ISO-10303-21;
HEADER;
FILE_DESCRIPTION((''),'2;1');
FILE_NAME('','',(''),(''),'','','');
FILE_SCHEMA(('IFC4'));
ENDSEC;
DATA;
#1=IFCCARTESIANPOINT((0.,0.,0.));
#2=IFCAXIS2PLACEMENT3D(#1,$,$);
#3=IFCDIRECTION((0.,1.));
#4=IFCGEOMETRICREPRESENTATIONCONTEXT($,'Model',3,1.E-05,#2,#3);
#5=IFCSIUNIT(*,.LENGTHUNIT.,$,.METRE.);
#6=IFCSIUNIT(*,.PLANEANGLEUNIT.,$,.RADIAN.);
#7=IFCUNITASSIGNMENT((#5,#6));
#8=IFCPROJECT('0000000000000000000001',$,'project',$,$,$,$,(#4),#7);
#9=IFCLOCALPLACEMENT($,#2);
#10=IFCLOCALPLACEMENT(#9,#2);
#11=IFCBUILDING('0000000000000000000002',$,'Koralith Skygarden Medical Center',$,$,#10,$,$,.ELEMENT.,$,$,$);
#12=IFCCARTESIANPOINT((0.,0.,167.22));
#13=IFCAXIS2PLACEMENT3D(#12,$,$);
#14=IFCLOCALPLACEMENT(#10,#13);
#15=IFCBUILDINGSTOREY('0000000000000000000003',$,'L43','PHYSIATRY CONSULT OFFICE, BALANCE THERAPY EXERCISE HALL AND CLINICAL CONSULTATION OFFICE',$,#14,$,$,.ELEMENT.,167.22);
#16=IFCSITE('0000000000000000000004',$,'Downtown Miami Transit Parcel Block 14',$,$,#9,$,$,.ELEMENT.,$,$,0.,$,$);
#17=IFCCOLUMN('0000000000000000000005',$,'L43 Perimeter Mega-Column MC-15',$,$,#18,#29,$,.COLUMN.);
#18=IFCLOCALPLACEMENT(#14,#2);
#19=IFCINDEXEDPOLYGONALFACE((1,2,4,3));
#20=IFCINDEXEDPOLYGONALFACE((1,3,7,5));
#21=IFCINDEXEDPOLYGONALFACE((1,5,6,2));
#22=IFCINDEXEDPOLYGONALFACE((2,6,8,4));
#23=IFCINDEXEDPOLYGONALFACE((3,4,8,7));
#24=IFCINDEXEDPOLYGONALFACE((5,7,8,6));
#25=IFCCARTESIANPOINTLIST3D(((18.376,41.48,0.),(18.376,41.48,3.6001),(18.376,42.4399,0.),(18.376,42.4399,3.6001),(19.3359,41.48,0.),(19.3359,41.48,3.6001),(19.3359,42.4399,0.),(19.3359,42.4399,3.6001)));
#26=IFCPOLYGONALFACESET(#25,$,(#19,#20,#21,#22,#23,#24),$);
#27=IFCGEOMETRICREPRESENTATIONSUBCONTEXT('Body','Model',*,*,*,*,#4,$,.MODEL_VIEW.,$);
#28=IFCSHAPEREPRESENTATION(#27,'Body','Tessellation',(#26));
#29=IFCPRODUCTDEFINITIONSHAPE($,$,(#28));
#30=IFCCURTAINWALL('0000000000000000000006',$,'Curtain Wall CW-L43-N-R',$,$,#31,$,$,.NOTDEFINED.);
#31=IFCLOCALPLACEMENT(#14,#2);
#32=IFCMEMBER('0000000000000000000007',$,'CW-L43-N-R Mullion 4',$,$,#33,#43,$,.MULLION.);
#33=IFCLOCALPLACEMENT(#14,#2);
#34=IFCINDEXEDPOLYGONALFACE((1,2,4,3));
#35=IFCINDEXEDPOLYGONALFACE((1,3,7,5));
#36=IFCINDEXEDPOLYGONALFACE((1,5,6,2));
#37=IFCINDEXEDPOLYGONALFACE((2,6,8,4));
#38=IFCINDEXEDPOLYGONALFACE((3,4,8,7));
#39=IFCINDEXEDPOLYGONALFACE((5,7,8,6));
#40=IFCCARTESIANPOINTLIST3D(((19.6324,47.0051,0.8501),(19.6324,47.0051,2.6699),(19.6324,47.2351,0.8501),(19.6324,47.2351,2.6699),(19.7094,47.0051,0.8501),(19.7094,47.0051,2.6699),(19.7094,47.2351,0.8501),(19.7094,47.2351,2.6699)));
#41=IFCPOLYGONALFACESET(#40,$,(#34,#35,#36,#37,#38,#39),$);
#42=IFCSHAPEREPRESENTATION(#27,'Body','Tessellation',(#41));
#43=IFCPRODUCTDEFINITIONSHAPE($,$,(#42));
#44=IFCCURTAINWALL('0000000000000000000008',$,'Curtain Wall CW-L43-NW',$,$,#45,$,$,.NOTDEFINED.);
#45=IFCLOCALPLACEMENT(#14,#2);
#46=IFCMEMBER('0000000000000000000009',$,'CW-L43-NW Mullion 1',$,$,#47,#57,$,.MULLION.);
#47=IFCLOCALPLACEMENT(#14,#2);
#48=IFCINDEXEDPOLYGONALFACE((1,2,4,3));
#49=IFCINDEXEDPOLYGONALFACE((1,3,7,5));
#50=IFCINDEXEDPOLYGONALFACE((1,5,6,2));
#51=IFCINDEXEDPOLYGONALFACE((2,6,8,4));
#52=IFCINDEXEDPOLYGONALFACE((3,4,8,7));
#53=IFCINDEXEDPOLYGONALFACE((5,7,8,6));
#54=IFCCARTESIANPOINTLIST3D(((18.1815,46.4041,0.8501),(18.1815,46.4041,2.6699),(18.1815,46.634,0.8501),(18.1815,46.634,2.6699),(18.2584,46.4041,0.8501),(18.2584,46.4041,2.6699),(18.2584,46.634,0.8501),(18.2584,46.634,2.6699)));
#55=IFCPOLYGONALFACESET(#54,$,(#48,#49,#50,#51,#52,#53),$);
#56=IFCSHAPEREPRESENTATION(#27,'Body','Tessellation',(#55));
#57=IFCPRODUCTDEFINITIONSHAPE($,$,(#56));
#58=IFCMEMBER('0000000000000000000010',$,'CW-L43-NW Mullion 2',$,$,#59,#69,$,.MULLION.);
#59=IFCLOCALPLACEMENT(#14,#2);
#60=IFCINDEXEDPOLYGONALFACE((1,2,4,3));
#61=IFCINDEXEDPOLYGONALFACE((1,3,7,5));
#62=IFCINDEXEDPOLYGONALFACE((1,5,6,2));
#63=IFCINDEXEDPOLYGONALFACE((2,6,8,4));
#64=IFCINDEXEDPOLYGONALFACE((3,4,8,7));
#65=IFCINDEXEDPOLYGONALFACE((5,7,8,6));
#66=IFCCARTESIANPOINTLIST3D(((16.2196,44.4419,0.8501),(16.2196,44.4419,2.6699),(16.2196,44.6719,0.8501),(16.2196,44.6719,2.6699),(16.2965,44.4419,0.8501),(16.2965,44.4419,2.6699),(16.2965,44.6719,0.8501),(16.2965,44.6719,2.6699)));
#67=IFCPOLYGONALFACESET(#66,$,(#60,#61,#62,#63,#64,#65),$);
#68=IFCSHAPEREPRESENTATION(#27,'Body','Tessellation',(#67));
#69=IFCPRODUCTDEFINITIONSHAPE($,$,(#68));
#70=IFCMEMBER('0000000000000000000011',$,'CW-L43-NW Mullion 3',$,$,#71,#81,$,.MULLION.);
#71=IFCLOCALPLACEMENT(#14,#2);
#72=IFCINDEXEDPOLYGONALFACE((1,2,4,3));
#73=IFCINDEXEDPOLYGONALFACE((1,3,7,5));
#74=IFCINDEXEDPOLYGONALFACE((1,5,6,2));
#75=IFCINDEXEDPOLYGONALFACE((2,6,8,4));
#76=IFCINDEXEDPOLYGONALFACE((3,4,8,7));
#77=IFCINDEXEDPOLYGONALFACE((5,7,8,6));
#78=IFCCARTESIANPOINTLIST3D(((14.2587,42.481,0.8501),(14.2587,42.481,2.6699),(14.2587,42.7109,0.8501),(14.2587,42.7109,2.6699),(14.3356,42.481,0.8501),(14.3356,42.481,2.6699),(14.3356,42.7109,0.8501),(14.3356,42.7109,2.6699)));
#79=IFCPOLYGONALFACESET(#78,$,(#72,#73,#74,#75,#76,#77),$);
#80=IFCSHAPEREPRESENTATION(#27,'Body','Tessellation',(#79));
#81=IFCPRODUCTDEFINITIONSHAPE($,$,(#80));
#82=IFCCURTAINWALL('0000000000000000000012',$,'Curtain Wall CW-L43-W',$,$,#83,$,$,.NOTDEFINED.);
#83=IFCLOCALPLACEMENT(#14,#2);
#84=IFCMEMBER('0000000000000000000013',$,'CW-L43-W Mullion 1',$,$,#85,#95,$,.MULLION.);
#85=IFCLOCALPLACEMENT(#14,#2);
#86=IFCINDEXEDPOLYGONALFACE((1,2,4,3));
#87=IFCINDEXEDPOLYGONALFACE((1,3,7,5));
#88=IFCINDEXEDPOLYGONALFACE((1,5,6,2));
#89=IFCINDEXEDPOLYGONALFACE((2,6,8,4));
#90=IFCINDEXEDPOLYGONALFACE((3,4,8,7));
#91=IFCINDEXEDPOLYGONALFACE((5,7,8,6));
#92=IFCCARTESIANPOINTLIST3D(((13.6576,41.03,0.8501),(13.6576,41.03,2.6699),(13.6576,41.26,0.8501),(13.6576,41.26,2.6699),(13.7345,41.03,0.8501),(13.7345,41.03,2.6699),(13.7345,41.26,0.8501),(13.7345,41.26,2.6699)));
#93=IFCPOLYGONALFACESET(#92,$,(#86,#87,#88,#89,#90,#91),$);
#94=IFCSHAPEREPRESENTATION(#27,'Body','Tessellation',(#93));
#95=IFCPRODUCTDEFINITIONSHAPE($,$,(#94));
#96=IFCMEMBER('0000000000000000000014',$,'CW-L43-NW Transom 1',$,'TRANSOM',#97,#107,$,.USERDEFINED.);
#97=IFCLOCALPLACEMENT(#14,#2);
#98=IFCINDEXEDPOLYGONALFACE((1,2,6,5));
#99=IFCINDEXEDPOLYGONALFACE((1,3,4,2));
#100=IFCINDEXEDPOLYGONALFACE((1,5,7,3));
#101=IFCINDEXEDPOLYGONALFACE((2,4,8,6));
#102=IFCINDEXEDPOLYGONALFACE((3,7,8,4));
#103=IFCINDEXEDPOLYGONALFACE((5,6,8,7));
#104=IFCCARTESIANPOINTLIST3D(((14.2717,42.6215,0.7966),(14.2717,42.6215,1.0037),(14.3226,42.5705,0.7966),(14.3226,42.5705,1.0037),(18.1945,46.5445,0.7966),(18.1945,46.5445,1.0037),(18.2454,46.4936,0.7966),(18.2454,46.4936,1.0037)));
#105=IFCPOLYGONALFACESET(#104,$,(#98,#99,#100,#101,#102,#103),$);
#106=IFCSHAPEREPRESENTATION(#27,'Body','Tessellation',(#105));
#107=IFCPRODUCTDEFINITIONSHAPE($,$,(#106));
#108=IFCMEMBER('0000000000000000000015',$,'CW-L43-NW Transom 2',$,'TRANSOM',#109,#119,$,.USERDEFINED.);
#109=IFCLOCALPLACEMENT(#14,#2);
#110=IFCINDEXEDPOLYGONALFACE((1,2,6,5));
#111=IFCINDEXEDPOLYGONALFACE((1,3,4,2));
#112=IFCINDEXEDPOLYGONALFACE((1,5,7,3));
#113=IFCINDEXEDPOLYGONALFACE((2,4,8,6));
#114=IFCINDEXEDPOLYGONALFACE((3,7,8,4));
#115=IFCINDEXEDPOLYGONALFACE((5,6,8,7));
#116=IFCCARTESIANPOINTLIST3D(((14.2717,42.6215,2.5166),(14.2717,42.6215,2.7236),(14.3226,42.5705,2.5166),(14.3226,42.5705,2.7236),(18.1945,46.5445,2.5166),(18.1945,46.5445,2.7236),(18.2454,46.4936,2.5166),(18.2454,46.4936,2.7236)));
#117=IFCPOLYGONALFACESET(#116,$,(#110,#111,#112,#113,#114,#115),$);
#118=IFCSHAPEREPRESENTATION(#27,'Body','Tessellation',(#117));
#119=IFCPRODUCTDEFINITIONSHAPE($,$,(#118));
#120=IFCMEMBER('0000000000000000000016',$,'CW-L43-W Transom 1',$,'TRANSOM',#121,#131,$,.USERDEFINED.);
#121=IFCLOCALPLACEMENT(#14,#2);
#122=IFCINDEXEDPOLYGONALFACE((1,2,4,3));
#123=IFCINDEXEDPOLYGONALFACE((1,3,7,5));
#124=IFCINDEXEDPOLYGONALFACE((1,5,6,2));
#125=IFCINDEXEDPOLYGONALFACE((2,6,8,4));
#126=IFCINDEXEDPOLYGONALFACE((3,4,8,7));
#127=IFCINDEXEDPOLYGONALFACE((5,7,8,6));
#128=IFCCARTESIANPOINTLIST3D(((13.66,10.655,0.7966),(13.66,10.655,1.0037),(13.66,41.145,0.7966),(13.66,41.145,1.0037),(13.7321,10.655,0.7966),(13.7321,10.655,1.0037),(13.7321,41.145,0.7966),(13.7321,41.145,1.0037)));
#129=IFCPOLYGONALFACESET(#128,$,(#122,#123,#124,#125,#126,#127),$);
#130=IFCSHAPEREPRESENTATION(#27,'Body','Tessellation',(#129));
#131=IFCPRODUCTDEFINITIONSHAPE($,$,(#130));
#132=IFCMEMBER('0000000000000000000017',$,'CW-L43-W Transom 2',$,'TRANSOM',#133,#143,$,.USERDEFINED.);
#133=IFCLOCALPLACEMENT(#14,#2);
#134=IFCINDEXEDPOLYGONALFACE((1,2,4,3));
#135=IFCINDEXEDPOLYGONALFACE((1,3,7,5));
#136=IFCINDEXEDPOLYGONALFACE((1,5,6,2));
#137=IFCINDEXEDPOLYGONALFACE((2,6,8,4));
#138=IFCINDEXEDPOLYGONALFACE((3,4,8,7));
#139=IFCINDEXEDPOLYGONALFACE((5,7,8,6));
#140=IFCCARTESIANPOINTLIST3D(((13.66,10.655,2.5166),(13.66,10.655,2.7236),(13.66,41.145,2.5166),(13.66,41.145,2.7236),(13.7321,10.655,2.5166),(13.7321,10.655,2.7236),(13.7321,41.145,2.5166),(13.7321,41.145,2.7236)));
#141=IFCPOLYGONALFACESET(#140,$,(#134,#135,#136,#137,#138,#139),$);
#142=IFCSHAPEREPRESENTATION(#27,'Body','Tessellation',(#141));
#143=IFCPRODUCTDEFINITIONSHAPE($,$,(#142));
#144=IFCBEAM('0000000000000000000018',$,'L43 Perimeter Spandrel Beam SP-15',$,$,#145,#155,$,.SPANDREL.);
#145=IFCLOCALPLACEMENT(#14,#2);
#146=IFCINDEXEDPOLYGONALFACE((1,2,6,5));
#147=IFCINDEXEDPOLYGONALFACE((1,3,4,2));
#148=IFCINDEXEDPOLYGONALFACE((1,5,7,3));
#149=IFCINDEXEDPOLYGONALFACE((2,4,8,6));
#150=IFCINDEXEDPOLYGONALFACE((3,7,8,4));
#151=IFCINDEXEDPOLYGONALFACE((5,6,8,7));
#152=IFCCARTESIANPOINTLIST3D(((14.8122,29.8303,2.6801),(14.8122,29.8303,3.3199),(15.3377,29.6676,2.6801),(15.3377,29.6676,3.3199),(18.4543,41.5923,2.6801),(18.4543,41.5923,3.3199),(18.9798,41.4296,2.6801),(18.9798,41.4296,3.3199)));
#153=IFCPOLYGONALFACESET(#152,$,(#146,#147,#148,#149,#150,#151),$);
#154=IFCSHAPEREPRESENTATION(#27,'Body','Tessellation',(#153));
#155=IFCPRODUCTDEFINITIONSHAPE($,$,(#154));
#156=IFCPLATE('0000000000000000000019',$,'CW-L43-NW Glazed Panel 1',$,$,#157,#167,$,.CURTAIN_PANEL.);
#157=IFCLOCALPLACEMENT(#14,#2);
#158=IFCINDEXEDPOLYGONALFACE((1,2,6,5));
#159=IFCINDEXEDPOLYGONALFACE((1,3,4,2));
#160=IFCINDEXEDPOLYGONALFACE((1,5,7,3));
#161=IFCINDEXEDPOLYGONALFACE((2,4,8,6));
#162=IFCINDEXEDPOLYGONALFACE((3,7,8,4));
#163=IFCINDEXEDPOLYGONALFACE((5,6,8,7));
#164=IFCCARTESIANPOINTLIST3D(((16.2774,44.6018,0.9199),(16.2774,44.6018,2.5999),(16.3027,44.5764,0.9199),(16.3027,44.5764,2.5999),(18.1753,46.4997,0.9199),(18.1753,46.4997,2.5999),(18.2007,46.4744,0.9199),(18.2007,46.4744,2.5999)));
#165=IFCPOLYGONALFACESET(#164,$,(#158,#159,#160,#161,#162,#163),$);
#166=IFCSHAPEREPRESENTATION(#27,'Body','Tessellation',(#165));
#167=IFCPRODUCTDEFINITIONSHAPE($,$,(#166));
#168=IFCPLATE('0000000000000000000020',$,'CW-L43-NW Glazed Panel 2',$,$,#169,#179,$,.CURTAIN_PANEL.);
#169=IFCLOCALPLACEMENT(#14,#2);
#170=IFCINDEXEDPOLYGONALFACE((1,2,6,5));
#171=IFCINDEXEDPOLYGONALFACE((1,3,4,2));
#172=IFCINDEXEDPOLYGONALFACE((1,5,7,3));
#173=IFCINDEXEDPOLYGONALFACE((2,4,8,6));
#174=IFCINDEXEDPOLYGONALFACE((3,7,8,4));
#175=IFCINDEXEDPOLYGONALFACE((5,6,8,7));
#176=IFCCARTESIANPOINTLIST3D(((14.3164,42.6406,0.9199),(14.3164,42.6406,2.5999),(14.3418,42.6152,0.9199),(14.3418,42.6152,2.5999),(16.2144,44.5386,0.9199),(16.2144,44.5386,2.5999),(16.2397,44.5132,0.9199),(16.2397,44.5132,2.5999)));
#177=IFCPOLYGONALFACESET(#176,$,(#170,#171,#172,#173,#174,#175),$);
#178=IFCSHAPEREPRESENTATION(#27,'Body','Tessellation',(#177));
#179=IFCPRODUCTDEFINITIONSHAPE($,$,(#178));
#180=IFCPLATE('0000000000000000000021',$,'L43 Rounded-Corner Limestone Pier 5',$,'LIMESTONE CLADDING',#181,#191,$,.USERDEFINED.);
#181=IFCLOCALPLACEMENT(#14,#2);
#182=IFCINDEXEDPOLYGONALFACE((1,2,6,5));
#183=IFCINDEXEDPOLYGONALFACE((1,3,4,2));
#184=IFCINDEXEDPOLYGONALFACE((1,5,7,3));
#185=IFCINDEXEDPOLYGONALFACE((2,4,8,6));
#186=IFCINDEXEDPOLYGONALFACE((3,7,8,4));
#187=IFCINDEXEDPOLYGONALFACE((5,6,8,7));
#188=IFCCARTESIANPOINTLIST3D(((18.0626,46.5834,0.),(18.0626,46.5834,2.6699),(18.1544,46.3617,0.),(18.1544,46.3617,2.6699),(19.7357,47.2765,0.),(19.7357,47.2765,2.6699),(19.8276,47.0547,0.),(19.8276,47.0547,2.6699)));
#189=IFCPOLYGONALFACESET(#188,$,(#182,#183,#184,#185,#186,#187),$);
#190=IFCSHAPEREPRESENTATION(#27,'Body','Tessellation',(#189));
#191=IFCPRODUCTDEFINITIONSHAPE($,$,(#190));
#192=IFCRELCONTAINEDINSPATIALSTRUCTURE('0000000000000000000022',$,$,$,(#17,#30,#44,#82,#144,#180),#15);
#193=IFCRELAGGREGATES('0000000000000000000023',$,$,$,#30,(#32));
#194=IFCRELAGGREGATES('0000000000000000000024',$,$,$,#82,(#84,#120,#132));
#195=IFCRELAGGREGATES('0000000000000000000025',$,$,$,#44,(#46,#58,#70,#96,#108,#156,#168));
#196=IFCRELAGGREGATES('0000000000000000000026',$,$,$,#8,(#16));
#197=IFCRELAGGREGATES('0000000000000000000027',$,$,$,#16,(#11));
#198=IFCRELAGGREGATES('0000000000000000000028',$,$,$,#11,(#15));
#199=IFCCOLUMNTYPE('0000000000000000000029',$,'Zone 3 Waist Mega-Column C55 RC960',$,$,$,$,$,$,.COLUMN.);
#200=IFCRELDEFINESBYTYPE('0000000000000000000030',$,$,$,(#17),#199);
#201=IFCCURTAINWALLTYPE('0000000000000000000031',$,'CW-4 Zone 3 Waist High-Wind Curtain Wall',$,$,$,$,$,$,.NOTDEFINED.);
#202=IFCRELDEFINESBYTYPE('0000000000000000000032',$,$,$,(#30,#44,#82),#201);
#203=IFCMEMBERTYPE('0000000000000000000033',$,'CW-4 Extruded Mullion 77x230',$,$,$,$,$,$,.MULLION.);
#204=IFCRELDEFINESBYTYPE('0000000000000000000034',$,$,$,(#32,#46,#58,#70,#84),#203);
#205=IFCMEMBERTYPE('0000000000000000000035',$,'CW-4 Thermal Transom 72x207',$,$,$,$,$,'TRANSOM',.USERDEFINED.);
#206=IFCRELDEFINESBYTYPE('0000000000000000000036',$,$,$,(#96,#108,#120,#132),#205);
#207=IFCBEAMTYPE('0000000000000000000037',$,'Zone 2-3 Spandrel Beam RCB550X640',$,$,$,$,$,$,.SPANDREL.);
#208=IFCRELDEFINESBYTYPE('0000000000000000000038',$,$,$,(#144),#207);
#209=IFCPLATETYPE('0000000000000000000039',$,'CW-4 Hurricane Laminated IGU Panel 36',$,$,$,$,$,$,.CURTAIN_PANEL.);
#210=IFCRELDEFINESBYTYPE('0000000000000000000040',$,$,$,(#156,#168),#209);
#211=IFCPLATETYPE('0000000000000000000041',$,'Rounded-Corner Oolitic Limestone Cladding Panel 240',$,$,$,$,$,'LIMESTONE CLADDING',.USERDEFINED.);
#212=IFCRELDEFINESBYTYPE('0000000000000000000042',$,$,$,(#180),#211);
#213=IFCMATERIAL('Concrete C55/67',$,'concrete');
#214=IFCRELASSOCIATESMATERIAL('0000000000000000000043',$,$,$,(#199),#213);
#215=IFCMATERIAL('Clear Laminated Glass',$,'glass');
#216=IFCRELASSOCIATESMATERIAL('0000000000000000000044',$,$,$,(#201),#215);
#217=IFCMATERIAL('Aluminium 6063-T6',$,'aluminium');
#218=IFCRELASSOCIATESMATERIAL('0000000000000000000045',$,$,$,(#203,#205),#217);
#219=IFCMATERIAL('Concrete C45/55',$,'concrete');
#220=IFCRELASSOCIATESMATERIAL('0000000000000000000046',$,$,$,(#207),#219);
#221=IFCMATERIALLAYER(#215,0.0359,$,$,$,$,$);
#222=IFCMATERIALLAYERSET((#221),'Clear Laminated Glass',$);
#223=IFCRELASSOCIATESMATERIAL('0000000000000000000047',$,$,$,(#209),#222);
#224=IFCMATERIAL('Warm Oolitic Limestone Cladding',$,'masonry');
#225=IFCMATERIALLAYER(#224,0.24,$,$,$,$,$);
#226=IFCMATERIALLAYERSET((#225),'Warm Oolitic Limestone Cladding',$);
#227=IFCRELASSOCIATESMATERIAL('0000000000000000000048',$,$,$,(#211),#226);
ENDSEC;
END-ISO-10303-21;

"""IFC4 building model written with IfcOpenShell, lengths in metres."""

from ifc_helpers import new_model, si_unit, direction, frame, origin, origin_2d, place, context, subcontext, project, spatial, rectangle, extrude, material, layer, layer_set, material_profile, profile_set, type_object, element, aggregate, save


model = new_model("IFC4")

# Units and contexts
model_context = context("Model", 3, precision=1e-05, world=origin(), true_north=direction((0.0, 1.0)))
body_context = subcontext(model_context, "Body", "Model", "MODEL_VIEW")
ifc_project = project(units=[si_unit("LENGTHUNIT", "METRE"), si_unit("PLANEANGLEUNIT", "RADIAN")], contexts=[model_context])

# Site, building, storey
site_placement = place(None, origin())
site = spatial("IfcSite", under=ifc_project, at=site_placement, Name="Downtown Miami Transit Parcel Block 14", CompositionType="ELEMENT", RefElevation=0.0)
building_placement = place(site_placement, origin())
building = spatial("IfcBuilding", under=site, at=building_placement, Name="Koralith Skygarden Medical Center", CompositionType="ELEMENT")
storey_placement = place(building_placement, frame((0.0, 0.0, 167.22)))
storey = spatial("IfcBuildingStorey", under=building, at=storey_placement, Name="L43", Description="PHYSIATRY CONSULT OFFICE, BALANCE THERAPY EXERCISE HALL AND CLINICAL CONSULTATION OFFICE", CompositionType="ELEMENT", Elevation=167.22)

# Column
ifc_material_1 = material(Name="Concrete C55/67", Category="concrete")
ifc_material_profile_1 = material_profile(ifc_material_1, rectangle(XDim=0.96, YDim=0.96, at=origin_2d()), Name="RC960X960")
ifc_profile_set_1 = profile_set([ifc_material_profile_1], Name="Concrete C55/67")
column_type = type_object("IfcColumnType", Name="Zone 3 Waist Mega-Column C55 RC960", PredefinedType="COLUMN", material=ifc_profile_set_1)
column_placement = place(storey_placement, frame((18.856, 41.96, 0.0), z_axis=(0.0, 0.0, 1.0), x_axis=(1.0, 0.0, 0.0)))
element("IfcColumn", 1, at=column_placement, inside=storey, type_object=column_type, Name="L43 Perimeter Mega-Column MC-15", PredefinedType="COLUMN", context=body_context, shape_type="SweptSolid", body=[
    extrude(rectangle(XDim=0.96, YDim=0.96, at=origin_2d()), origin(), (0.0, 0.0, 1.0), 3.6001),
])

# Curtain wall, member
ifc_material_2 = material(Name="Clear Laminated Glass", Category="glass")
curtain_wall_type = type_object("IfcCurtainWallType", Name="CW-4 Zone 3 Waist High-Wind Curtain Wall", PredefinedType="NOTDEFINED", material=ifc_material_2)
curtain_wall_1_placement = place(storey_placement, origin())
curtain_wall_1 = element("IfcCurtainWall", 2, at=curtain_wall_1_placement, inside=storey, type_object=curtain_wall_type, Name="Curtain Wall CW-L43-N-R", PredefinedType="NOTDEFINED")
ifc_material_3 = material(Name="Aluminium 6063-T6", Category="aluminium")
ifc_material_profile_2 = material_profile(ifc_material_3, rectangle(XDim=0.0769, YDim=0.23, at=origin_2d()), Name="MUL77X230")
ifc_profile_set_2 = profile_set([ifc_material_profile_2], Name="Aluminium 6063-T6")
member_type_1 = type_object("IfcMemberType", Name="CW-4 Extruded Mullion 77x230", PredefinedType="MULLION", material=ifc_profile_set_2)
member_1_placement = place(storey_placement, frame((19.6709, 47.1201, 0.8501), z_axis=(0.0, 0.0, 1.0), x_axis=(1.0, 0.0, 0.0)))
member_1 = element("IfcMember", 3, at=member_1_placement, type_object=member_type_1, Name="CW-L43-N-R Mullion 4", PredefinedType="MULLION", context=body_context, shape_type="SweptSolid", body=[
    extrude(rectangle(XDim=0.0769, YDim=0.23, at=origin_2d()), origin(), (0.0, 0.0, 1.0), 1.8198),
])
aggregate(curtain_wall_1, [member_1])

# Curtain wall, members
curtain_wall_2_placement = place(storey_placement, origin())
curtain_wall_2 = element("IfcCurtainWall", 4, at=curtain_wall_2_placement, inside=storey, type_object=curtain_wall_type, Name="Curtain Wall CW-L43-NW", PredefinedType="NOTDEFINED")
member_2_placement = place(storey_placement, frame((18.22, 46.519, 0.8501), z_axis=(0.0, 0.0, 1.0), x_axis=(1.0, 0.0, 0.0)))
member_2 = element("IfcMember", 5, at=member_2_placement, type_object=member_type_1, Name="CW-L43-NW Mullion 1", PredefinedType="MULLION", context=body_context, shape_type="SweptSolid", body=[
    extrude(rectangle(XDim=0.0769, YDim=0.23, at=origin_2d()), origin(), (0.0, 0.0, 1.0), 1.8198),
])
member_3_placement = place(storey_placement, frame((16.2581, 44.5569, 0.8501), z_axis=(0.0, 0.0, 1.0), x_axis=(1.0, 0.0, 0.0)))
member_3 = element("IfcMember", 6, at=member_3_placement, type_object=member_type_1, Name="CW-L43-NW Mullion 2", PredefinedType="MULLION", context=body_context, shape_type="SweptSolid", body=[
    extrude(rectangle(XDim=0.0769, YDim=0.23, at=origin_2d()), origin(), (0.0, 0.0, 1.0), 1.8198),
])
member_4_placement = place(storey_placement, frame((14.2971, 42.5959, 0.8501), z_axis=(0.0, 0.0, 1.0), x_axis=(1.0, 0.0, 0.0)))
member_4 = element("IfcMember", 7, at=member_4_placement, type_object=member_type_1, Name="CW-L43-NW Mullion 3", PredefinedType="MULLION", context=body_context, shape_type="SweptSolid", body=[
    extrude(rectangle(XDim=0.0769, YDim=0.23, at=origin_2d()), origin(), (0.0, 0.0, 1.0), 1.8198),
])

# Curtain wall, member
curtain_wall_3_placement = place(storey_placement, origin())
curtain_wall_3 = element("IfcCurtainWall", 8, at=curtain_wall_3_placement, inside=storey, type_object=curtain_wall_type, Name="Curtain Wall CW-L43-W", PredefinedType="NOTDEFINED")
member_5_placement = place(storey_placement, frame((13.696, 41.145, 0.8501), z_axis=(0.0, 0.0, 1.0), x_axis=(1.0, 0.0, 0.0)))
member_5 = element("IfcMember", 9, at=member_5_placement, type_object=member_type_1, Name="CW-L43-W Mullion 1", PredefinedType="MULLION", context=body_context, shape_type="SweptSolid", body=[
    extrude(rectangle(XDim=0.0769, YDim=0.23, at=origin_2d()), origin(), (0.0, 0.0, 1.0), 1.8198),
])

# Members
ifc_material_profile_3 = material_profile(ifc_material_3, rectangle(XDim=0.072, YDim=0.207, at=origin_2d()), Name="TRN72X207")
ifc_profile_set_3 = profile_set([ifc_material_profile_3], Name="Aluminium 6063-T6")
member_type_2 = type_object("IfcMemberType", Name="CW-4 Thermal Transom 72x207", ElementType="TRANSOM", PredefinedType="USERDEFINED", material=ifc_profile_set_3)
member_6_placement = place(storey_placement, frame((18.22, 46.519, 0.9001), z_axis=(-0.707085, -0.707129, 0.0), x_axis=(0.707129, -0.707085, 0.0)))
member_6 = element("IfcMember", 10, at=member_6_placement, type_object=member_type_2, Name="CW-L43-NW Transom 1", ObjectType="TRANSOM", PredefinedType="USERDEFINED", context=body_context, shape_type="SweptSolid", body=[
    extrude(rectangle(XDim=0.072, YDim=0.207, at=origin_2d()), origin(), (0.0, 0.0, 1.0), 5.5479),
])
member_7_placement = place(storey_placement, frame((18.22, 46.519, 2.6201), z_axis=(-0.707085, -0.707129, 0.0), x_axis=(0.707129, -0.707085, 0.0)))
member_7 = element("IfcMember", 11, at=member_7_placement, type_object=member_type_2, Name="CW-L43-NW Transom 2", ObjectType="TRANSOM", PredefinedType="USERDEFINED", context=body_context, shape_type="SweptSolid", body=[
    extrude(rectangle(XDim=0.072, YDim=0.207, at=origin_2d()), origin(), (0.0, 0.0, 1.0), 5.5479),
])
member_8_placement = place(storey_placement, frame((13.696, 41.145, 0.9001), z_axis=(0.0, -1.0, 0.0), x_axis=(1.0, 0.0, 0.0)))
member_8 = element("IfcMember", 12, at=member_8_placement, type_object=member_type_2, Name="CW-L43-W Transom 1", ObjectType="TRANSOM", PredefinedType="USERDEFINED", context=body_context, shape_type="SweptSolid", body=[
    extrude(rectangle(XDim=0.072, YDim=0.207, at=origin_2d()), origin(), (0.0, 0.0, 1.0), 30.49),
])
member_9_placement = place(storey_placement, frame((13.696, 41.145, 2.6201), z_axis=(0.0, -1.0, 0.0), x_axis=(1.0, 0.0, 0.0)))
member_9 = element("IfcMember", 13, at=member_9_placement, type_object=member_type_2, Name="CW-L43-W Transom 2", ObjectType="TRANSOM", PredefinedType="USERDEFINED", context=body_context, shape_type="SweptSolid", body=[
    extrude(rectangle(XDim=0.072, YDim=0.207, at=origin_2d()), origin(), (0.0, 0.0, 1.0), 30.49),
])
aggregate(curtain_wall_3, [member_5, member_8, member_9])

# Beam
ifc_material_4 = material(Name="Concrete C45/55", Category="concrete")
ifc_material_profile_4 = material_profile(ifc_material_4, rectangle(XDim=0.55, YDim=0.6399, at=origin_2d()), Name="RCB550X640")
ifc_profile_set_4 = profile_set([ifc_material_profile_4], Name="Concrete C45/55")
beam_type = type_object("IfcBeamType", Name="Zone 2-3 Spandrel Beam RCB550X640", PredefinedType="SPANDREL", material=ifc_profile_set_4)
beam_placement = place(storey_placement, frame((18.717, 41.511, 3.0), z_axis=(-0.295794, -0.955252, 0.0), x_axis=(0.955252, -0.295794, 0.0)))
element("IfcBeam", 14, at=beam_placement, inside=storey, type_object=beam_type, Name="L43 Perimeter Spandrel Beam SP-15", PredefinedType="SPANDREL", context=body_context, shape_type="SweptSolid", body=[
    extrude(rectangle(XDim=0.55, YDim=0.6399, at=origin_2d()), origin(), (0.0, 0.0, 1.0), 12.313),
])

# Plates
ifc_layer_1 = layer(ifc_material_2, 0.0359)
ifc_layer_set_1 = layer_set([ifc_layer_1], Name="Clear Laminated Glass")
plate_type_1 = type_object("IfcPlateType", Name="CW-4 Hurricane Laminated IGU Panel 36", PredefinedType="CURTAIN_PANEL", material=ifc_layer_set_1)
plate_1_placement = place(storey_placement, frame((17.239, 45.5381, 0.9199), z_axis=(0.0, 0.0, 1.0), x_axis=(-0.707107, -0.707107, 0.0)))
plate_1 = element("IfcPlate", 15, at=plate_1_placement, type_object=plate_type_1, Name="CW-L43-NW Glazed Panel 1", PredefinedType="CURTAIN_PANEL", context=body_context, shape_type="SweptSolid", body=[
    extrude(rectangle(XDim=2.6841, YDim=0.0359, at=origin_2d()), origin(), (0.0, 0.0, 1.0), 1.6799),
])
plate_2_placement = place(storey_placement, frame((15.2781, 43.5769, 0.9199), z_axis=(0.0, 0.0, 1.0), x_axis=(-0.707107, -0.707107, 0.0)))
plate_2 = element("IfcPlate", 16, at=plate_2_placement, type_object=plate_type_1, Name="CW-L43-NW Glazed Panel 2", PredefinedType="CURTAIN_PANEL", context=body_context, shape_type="SweptSolid", body=[
    extrude(rectangle(XDim=2.6841, YDim=0.0359, at=origin_2d()), origin(), (0.0, 0.0, 1.0), 1.6799),
])
aggregate(curtain_wall_2, [member_2, member_3, member_4, member_6, member_7, plate_1, plate_2])

# Plate
ifc_material_5 = material(Name="Warm Oolitic Limestone Cladding", Category="masonry")
ifc_layer_2 = layer(ifc_material_5, 0.24)
ifc_layer_set_2 = layer_set([ifc_layer_2], Name="Warm Oolitic Limestone Cladding")
plate_type_2 = type_object("IfcPlateType", Name="Rounded-Corner Oolitic Limestone Cladding Panel 240", ElementType="LIMESTONE CLADDING", PredefinedType="USERDEFINED", material=ifc_layer_set_2)
for number, where, z_axis, x_axis, name in (
    (17, (18.9451, 46.8191, 0.0), (0.0, 0.0, 1.0), (-0.923885, -0.382671, 0.0), "L43 Rounded-Corner Limestone Pier 5"),
):
    element("IfcPlate", number, at=place(storey_placement, frame(where, z_axis=z_axis, x_axis=x_axis)), inside=storey, type_object=plate_type_2, Name=name, ObjectType="LIMESTONE CLADDING", PredefinedType="USERDEFINED", context=body_context, shape_type="SweptSolid", body=[
        extrude(rectangle(XDim=1.811, YDim=0.24, at=origin_2d()), origin(), (0.0, 0.0, 1.0), 2.6699),
    ])

save(model, "model.ifc")
